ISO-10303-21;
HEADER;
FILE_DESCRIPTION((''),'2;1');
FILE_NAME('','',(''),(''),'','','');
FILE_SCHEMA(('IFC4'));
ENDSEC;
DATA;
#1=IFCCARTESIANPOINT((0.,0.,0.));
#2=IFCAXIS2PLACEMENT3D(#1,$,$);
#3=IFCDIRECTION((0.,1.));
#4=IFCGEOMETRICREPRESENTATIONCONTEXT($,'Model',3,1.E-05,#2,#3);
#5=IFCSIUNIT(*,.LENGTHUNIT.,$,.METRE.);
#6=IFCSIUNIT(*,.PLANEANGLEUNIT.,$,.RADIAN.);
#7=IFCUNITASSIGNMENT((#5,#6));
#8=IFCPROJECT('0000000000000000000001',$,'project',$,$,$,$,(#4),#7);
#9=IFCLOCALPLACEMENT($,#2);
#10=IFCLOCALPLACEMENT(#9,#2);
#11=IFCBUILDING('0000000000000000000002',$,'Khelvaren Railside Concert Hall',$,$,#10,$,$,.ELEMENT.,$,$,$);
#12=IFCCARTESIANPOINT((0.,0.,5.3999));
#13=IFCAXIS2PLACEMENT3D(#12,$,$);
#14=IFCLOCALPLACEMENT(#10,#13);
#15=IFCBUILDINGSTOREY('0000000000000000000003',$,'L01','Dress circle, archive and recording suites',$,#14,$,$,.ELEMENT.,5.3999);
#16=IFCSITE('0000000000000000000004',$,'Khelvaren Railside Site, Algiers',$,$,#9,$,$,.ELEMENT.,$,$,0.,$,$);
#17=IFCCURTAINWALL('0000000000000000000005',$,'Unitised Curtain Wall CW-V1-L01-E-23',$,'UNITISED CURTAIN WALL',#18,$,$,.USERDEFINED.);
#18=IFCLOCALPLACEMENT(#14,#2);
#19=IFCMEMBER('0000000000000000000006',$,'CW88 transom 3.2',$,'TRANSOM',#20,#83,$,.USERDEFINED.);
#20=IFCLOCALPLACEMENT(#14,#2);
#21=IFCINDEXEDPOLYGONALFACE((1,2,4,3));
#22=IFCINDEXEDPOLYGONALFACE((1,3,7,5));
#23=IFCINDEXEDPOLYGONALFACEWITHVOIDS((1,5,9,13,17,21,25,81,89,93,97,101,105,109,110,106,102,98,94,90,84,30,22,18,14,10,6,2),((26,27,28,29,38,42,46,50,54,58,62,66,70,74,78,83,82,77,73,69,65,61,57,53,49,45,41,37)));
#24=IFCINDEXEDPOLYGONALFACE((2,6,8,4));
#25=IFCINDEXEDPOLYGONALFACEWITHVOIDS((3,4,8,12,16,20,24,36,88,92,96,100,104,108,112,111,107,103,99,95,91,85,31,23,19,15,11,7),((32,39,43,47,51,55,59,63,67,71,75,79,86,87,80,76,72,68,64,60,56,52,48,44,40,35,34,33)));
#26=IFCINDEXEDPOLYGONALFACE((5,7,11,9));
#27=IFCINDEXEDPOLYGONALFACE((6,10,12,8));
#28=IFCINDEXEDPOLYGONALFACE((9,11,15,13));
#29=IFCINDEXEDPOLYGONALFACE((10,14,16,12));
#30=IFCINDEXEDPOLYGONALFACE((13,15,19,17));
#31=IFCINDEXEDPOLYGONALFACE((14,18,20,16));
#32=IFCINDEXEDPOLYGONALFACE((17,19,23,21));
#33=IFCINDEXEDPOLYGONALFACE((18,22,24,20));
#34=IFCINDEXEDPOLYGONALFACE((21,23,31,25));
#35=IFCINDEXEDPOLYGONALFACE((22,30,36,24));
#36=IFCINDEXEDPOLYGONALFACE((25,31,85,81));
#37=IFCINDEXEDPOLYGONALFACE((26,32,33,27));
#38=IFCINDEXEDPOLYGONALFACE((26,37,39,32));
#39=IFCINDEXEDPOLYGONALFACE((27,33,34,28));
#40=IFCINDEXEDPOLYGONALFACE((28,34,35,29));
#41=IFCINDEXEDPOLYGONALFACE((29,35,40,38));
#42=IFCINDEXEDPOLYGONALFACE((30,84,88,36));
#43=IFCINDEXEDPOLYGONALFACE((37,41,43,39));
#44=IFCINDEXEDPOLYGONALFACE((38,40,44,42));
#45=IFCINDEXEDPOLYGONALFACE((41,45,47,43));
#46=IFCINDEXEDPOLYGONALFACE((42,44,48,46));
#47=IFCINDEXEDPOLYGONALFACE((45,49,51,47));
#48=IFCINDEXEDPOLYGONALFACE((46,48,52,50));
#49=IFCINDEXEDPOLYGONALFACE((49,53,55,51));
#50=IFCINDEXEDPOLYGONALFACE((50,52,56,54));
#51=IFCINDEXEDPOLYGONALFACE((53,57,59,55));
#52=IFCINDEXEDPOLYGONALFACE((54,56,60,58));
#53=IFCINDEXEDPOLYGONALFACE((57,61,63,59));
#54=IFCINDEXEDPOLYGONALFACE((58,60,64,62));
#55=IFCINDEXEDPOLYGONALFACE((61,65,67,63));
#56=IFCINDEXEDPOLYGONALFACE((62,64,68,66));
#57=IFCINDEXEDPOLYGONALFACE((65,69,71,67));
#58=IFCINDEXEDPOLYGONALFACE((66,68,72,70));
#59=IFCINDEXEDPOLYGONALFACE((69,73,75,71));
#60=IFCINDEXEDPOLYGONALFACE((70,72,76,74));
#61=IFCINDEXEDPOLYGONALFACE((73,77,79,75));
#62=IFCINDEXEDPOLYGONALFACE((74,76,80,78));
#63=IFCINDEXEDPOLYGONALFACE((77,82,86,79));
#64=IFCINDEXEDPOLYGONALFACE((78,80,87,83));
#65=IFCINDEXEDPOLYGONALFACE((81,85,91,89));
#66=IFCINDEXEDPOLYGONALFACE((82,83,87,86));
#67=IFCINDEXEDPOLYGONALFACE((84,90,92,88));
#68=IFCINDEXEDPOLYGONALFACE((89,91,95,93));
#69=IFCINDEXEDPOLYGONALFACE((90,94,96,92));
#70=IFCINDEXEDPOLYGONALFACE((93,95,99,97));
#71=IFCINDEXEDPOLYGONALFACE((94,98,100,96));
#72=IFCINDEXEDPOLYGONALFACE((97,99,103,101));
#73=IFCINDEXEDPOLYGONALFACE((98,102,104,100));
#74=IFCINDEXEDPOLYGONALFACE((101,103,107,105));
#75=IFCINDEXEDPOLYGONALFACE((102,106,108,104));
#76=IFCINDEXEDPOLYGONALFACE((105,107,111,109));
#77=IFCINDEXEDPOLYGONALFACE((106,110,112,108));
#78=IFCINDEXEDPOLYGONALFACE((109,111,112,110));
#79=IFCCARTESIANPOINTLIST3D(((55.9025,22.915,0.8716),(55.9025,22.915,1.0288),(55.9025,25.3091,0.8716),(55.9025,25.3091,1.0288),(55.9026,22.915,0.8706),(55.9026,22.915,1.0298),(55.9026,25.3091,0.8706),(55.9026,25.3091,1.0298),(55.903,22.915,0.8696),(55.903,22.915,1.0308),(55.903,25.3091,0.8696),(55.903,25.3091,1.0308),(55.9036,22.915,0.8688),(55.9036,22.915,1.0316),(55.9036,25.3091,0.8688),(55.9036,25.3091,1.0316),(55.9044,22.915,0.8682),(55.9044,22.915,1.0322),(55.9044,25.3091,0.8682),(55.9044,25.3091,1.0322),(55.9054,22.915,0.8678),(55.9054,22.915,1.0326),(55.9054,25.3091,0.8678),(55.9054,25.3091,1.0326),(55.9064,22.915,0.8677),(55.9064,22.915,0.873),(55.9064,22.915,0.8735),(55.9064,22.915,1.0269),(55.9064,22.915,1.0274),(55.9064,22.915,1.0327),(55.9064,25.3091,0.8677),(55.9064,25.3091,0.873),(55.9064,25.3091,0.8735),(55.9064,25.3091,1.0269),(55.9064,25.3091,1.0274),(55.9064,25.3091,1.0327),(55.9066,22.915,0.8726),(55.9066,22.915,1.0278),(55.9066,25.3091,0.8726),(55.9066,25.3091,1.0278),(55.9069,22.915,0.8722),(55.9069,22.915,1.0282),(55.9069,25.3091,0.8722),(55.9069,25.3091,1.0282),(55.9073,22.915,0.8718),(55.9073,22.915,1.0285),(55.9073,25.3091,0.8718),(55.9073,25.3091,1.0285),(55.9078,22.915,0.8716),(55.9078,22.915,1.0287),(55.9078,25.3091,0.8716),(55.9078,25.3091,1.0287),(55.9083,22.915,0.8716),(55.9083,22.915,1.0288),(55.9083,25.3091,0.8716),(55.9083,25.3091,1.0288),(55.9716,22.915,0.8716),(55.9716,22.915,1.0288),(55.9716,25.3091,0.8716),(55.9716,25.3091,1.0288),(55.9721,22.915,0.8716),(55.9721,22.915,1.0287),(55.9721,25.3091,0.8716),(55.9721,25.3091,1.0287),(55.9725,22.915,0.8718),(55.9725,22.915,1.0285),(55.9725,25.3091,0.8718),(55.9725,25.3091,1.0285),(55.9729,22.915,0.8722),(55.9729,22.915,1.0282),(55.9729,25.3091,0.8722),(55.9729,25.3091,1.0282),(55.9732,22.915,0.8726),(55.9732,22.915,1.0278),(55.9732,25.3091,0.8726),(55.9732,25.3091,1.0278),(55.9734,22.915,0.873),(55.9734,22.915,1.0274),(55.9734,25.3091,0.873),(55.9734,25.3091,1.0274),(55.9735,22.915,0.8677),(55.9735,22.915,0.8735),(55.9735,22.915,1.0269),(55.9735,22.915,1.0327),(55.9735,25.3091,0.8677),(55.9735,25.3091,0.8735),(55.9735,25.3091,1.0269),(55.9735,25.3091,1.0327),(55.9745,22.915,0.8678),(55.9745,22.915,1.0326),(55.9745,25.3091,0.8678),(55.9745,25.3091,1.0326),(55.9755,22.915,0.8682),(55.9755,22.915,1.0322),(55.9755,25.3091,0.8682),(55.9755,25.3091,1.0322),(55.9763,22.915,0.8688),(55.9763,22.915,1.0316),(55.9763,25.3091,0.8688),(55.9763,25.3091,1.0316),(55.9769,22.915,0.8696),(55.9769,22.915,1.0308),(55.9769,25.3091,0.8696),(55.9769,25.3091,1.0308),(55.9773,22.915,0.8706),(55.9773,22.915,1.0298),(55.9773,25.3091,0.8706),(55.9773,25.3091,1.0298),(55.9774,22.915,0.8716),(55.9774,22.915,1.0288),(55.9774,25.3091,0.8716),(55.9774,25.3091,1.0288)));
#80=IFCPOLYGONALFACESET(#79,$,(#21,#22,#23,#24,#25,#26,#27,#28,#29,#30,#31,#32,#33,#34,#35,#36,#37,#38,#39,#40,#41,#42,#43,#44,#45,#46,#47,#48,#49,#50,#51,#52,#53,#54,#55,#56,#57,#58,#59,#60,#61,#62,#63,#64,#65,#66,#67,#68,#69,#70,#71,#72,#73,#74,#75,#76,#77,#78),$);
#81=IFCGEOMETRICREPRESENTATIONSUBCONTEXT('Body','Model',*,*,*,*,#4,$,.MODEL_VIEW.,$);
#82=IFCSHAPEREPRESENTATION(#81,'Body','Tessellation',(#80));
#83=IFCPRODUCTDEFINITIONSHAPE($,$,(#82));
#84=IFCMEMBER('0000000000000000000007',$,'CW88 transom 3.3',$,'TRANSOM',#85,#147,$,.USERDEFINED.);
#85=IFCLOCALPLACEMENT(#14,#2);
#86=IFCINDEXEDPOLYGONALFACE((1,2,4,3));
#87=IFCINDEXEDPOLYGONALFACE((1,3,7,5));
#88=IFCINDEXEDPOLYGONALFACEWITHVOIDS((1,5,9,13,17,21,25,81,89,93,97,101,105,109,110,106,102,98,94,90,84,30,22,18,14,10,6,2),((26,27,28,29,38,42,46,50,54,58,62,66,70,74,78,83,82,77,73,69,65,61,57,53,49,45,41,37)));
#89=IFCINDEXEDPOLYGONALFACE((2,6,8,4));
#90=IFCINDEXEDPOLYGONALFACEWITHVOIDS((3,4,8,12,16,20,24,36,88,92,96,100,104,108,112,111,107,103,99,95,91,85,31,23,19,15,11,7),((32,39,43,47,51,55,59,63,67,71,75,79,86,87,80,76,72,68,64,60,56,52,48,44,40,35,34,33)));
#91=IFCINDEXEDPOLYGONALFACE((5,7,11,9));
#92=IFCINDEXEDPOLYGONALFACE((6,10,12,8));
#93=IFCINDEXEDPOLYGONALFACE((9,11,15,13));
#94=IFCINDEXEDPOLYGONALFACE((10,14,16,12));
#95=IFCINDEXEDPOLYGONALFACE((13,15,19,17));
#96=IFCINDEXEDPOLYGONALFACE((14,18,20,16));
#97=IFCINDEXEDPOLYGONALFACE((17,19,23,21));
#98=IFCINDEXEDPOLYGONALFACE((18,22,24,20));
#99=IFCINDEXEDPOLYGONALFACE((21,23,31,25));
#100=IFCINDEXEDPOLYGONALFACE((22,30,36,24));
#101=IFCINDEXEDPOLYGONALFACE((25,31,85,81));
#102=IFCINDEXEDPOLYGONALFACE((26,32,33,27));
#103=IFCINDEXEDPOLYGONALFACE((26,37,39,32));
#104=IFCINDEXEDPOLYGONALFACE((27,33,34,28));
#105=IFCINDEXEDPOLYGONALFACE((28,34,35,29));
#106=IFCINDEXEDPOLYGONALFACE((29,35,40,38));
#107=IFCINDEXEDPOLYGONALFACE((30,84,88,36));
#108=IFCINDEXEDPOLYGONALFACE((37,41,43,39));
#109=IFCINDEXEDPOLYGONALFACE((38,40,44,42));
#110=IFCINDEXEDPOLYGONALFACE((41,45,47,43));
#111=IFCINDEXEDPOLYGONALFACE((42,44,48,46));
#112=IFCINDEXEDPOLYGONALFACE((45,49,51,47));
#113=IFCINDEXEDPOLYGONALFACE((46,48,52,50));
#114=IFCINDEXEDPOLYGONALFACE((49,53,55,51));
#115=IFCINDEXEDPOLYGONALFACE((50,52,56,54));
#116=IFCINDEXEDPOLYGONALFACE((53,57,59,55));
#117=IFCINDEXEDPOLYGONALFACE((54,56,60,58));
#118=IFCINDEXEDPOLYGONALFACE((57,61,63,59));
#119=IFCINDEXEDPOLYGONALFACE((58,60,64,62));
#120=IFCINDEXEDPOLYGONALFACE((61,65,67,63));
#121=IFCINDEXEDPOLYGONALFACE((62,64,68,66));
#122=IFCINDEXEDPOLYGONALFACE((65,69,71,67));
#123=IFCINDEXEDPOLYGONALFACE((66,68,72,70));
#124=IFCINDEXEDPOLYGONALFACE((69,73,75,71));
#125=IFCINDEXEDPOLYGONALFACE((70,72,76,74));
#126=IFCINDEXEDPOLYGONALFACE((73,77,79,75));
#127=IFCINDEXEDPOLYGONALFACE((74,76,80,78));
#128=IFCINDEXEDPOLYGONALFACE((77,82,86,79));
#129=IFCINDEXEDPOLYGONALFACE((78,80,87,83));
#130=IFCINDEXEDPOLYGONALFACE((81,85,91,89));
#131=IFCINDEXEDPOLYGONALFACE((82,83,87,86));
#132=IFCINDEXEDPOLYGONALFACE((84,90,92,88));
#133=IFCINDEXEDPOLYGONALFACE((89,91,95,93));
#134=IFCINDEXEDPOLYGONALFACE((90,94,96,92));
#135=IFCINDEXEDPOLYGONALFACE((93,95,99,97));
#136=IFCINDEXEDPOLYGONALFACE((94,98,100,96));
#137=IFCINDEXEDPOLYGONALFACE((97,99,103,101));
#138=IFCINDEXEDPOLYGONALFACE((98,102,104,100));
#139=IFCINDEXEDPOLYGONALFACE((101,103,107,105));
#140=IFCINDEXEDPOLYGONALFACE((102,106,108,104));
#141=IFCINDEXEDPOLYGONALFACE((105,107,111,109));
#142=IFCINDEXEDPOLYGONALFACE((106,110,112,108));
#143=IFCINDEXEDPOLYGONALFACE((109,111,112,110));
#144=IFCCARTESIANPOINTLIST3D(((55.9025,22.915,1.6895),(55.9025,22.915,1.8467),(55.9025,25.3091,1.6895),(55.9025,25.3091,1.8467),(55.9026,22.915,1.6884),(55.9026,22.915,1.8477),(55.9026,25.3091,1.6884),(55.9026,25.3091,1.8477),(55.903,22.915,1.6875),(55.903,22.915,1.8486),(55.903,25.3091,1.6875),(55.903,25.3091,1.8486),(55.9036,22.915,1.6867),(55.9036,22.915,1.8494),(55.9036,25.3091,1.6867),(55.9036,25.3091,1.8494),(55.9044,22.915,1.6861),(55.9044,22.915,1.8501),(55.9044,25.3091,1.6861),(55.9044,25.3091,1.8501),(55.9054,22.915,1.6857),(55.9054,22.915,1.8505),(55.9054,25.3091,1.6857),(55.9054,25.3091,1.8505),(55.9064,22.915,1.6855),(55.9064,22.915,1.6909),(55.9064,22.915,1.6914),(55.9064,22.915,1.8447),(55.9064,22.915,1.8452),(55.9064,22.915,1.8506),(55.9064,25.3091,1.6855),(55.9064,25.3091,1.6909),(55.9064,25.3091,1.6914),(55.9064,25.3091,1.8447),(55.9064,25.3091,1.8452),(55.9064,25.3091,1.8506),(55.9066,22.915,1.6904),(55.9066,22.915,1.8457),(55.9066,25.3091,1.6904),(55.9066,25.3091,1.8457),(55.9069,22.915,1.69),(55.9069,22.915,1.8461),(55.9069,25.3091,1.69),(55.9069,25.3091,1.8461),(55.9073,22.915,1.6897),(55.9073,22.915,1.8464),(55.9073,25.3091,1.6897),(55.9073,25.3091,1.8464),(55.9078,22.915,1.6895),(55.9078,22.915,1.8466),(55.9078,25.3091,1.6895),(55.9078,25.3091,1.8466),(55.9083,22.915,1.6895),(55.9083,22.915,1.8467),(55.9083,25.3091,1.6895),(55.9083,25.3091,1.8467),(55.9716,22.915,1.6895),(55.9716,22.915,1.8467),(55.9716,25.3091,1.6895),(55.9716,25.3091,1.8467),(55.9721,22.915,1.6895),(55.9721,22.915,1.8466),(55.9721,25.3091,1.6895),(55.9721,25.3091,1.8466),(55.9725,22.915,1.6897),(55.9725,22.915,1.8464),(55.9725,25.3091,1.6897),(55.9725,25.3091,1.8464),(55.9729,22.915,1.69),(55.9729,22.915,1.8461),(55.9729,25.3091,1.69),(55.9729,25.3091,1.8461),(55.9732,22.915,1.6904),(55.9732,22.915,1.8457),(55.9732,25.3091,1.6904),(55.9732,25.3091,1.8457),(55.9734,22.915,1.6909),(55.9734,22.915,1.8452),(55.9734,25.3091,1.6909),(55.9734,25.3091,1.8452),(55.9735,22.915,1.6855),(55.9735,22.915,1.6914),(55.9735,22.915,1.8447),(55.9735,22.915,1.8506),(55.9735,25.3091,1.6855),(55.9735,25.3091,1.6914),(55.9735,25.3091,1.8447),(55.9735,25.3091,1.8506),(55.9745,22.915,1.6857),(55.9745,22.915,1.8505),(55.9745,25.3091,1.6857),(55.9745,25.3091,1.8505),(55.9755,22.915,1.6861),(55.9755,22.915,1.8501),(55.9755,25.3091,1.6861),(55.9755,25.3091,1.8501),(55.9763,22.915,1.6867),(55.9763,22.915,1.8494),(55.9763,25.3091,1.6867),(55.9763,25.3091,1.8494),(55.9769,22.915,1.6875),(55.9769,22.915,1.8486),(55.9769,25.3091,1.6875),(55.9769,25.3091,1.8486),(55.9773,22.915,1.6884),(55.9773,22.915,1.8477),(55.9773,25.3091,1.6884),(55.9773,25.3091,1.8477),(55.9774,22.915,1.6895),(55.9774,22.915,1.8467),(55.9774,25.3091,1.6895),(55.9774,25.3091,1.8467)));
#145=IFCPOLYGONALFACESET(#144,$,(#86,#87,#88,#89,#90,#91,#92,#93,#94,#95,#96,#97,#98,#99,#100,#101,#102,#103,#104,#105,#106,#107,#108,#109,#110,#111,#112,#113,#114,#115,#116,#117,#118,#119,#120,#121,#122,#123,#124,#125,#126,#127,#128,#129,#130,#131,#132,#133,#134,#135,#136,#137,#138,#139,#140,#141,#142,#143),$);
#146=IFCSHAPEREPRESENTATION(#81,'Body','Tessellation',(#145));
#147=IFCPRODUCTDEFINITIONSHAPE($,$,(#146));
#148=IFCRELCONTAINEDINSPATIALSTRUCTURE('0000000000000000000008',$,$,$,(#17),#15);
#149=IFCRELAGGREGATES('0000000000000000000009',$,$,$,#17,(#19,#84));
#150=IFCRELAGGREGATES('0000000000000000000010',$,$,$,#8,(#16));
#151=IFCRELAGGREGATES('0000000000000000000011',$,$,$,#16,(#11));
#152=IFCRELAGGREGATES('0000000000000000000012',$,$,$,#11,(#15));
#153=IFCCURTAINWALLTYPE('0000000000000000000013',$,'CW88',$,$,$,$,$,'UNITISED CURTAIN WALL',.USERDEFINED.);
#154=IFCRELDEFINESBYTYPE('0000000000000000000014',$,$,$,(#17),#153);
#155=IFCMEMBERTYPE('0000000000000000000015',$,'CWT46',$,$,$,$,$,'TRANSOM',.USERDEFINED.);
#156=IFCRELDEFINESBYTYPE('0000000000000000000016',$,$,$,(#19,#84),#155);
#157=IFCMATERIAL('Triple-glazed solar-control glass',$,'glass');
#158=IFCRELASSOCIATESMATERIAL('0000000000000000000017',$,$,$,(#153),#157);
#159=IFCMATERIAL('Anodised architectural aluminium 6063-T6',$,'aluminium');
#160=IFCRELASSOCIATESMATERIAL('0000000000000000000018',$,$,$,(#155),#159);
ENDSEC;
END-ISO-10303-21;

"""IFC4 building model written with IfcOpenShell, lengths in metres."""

from ifc_helpers import new_model, si_unit, direction, frame, origin, origin_2d, place, context, subcontext, project, spatial, hollow_rectangle, extrude, material, material_profile, profile_set, type_object, element, aggregate, save


model = new_model("IFC4")

# Units and contexts
model_context = context("Model", 3, precision=1e-05, world=origin(), true_north=direction((0.0, 1.0)))
body_context = subcontext(model_context, "Body", "Model", "MODEL_VIEW")
ifc_project = project(units=[si_unit("LENGTHUNIT", "METRE"), si_unit("PLANEANGLEUNIT", "RADIAN")], contexts=[model_context])

# Site, building, storey
site_placement = place(None, origin())
site = spatial("IfcSite", under=ifc_project, at=site_placement, Name="Khelvaren Railside Site, Algiers", CompositionType="ELEMENT", RefElevation=0.0)
building_placement = place(site_placement, origin())
building = spatial("IfcBuilding", under=site, at=building_placement, Name="Khelvaren Railside Concert Hall", CompositionType="ELEMENT")
storey_placement = place(building_placement, frame((0.0, 0.0, 5.3999)))
storey = spatial("IfcBuildingStorey", under=building, at=storey_placement, Name="L01", Description="Dress circle, archive and recording suites", CompositionType="ELEMENT", Elevation=5.3999)

# Curtain wall
ifc_material_1 = material(Name="Triple-glazed solar-control glass", Category="glass")
curtain_wall_type_1 = type_object("IfcCurtainWallType", Name="CW88", ElementType="UNITISED CURTAIN WALL", PredefinedType="USERDEFINED", material=ifc_material_1)
curtain_wall_1_placement = place(storey_placement, origin())
curtain_wall_1 = element("IfcCurtainWall", 1, at=curtain_wall_1_placement, inside=storey, type_object=curtain_wall_type_1, Name="Unitised Curtain Wall CW-V1-L01-E-23", ObjectType="UNITISED CURTAIN WALL", PredefinedType="USERDEFINED")
ifc_material_2 = material(Name="Anodised architectural aluminium 6063-T6", Category="aluminium")

# Members
ifc_material_profile_1 = material_profile(ifc_material_2, hollow_rectangle(XDim=0.075, YDim=0.165, WallThickness=0.0039, InnerFilletRadius=0.002, OuterFilletRadius=0.0039, at=origin_2d()), Name="CWT 75x165x4")
ifc_profile_set_1 = profile_set([ifc_material_profile_1], Name="Anodised architectural aluminium 6063-T6")
member_type_1 = type_object("IfcMemberType", Name="CWT46", ElementType="TRANSOM", PredefinedType="USERDEFINED", material=ifc_profile_set_1)
member_1_placement = place(storey_placement, frame((55.9399, 25.3091, 0.9502), z_axis=(0.0, -1.0, 0.0), x_axis=(1.0, 0.0, 0.0)))
member_1 = element("IfcMember", 2, at=member_1_placement, type_object=member_type_1, Name="CW88 transom 3.2", ObjectType="TRANSOM", PredefinedType="USERDEFINED", context=body_context, shape_type="SweptSolid", body=[
    extrude(hollow_rectangle(XDim=0.075, YDim=0.165, WallThickness=0.0039, InnerFilletRadius=0.002, OuterFilletRadius=0.0039, at=origin_2d()), origin(), (0.0, 0.0, 1.0), 2.394),
])
member_2_placement = place(storey_placement, frame((55.9399, 25.3091, 1.7681), z_axis=(0.0, -1.0, 0.0), x_axis=(1.0, 0.0, 0.0)))
member_2 = element("IfcMember", 3, at=member_2_placement, type_object=member_type_1, Name="CW88 transom 3.3", ObjectType="TRANSOM", PredefinedType="USERDEFINED", context=body_context, shape_type="SweptSolid", body=[
    extrude(hollow_rectangle(XDim=0.075, YDim=0.165, WallThickness=0.0039, InnerFilletRadius=0.002, OuterFilletRadius=0.0039, at=origin_2d()), origin(), (0.0, 0.0, 1.0), 2.394),
])

aggregate(curtain_wall_1, [member_1, member_2])

save(model, "model.ifc")
